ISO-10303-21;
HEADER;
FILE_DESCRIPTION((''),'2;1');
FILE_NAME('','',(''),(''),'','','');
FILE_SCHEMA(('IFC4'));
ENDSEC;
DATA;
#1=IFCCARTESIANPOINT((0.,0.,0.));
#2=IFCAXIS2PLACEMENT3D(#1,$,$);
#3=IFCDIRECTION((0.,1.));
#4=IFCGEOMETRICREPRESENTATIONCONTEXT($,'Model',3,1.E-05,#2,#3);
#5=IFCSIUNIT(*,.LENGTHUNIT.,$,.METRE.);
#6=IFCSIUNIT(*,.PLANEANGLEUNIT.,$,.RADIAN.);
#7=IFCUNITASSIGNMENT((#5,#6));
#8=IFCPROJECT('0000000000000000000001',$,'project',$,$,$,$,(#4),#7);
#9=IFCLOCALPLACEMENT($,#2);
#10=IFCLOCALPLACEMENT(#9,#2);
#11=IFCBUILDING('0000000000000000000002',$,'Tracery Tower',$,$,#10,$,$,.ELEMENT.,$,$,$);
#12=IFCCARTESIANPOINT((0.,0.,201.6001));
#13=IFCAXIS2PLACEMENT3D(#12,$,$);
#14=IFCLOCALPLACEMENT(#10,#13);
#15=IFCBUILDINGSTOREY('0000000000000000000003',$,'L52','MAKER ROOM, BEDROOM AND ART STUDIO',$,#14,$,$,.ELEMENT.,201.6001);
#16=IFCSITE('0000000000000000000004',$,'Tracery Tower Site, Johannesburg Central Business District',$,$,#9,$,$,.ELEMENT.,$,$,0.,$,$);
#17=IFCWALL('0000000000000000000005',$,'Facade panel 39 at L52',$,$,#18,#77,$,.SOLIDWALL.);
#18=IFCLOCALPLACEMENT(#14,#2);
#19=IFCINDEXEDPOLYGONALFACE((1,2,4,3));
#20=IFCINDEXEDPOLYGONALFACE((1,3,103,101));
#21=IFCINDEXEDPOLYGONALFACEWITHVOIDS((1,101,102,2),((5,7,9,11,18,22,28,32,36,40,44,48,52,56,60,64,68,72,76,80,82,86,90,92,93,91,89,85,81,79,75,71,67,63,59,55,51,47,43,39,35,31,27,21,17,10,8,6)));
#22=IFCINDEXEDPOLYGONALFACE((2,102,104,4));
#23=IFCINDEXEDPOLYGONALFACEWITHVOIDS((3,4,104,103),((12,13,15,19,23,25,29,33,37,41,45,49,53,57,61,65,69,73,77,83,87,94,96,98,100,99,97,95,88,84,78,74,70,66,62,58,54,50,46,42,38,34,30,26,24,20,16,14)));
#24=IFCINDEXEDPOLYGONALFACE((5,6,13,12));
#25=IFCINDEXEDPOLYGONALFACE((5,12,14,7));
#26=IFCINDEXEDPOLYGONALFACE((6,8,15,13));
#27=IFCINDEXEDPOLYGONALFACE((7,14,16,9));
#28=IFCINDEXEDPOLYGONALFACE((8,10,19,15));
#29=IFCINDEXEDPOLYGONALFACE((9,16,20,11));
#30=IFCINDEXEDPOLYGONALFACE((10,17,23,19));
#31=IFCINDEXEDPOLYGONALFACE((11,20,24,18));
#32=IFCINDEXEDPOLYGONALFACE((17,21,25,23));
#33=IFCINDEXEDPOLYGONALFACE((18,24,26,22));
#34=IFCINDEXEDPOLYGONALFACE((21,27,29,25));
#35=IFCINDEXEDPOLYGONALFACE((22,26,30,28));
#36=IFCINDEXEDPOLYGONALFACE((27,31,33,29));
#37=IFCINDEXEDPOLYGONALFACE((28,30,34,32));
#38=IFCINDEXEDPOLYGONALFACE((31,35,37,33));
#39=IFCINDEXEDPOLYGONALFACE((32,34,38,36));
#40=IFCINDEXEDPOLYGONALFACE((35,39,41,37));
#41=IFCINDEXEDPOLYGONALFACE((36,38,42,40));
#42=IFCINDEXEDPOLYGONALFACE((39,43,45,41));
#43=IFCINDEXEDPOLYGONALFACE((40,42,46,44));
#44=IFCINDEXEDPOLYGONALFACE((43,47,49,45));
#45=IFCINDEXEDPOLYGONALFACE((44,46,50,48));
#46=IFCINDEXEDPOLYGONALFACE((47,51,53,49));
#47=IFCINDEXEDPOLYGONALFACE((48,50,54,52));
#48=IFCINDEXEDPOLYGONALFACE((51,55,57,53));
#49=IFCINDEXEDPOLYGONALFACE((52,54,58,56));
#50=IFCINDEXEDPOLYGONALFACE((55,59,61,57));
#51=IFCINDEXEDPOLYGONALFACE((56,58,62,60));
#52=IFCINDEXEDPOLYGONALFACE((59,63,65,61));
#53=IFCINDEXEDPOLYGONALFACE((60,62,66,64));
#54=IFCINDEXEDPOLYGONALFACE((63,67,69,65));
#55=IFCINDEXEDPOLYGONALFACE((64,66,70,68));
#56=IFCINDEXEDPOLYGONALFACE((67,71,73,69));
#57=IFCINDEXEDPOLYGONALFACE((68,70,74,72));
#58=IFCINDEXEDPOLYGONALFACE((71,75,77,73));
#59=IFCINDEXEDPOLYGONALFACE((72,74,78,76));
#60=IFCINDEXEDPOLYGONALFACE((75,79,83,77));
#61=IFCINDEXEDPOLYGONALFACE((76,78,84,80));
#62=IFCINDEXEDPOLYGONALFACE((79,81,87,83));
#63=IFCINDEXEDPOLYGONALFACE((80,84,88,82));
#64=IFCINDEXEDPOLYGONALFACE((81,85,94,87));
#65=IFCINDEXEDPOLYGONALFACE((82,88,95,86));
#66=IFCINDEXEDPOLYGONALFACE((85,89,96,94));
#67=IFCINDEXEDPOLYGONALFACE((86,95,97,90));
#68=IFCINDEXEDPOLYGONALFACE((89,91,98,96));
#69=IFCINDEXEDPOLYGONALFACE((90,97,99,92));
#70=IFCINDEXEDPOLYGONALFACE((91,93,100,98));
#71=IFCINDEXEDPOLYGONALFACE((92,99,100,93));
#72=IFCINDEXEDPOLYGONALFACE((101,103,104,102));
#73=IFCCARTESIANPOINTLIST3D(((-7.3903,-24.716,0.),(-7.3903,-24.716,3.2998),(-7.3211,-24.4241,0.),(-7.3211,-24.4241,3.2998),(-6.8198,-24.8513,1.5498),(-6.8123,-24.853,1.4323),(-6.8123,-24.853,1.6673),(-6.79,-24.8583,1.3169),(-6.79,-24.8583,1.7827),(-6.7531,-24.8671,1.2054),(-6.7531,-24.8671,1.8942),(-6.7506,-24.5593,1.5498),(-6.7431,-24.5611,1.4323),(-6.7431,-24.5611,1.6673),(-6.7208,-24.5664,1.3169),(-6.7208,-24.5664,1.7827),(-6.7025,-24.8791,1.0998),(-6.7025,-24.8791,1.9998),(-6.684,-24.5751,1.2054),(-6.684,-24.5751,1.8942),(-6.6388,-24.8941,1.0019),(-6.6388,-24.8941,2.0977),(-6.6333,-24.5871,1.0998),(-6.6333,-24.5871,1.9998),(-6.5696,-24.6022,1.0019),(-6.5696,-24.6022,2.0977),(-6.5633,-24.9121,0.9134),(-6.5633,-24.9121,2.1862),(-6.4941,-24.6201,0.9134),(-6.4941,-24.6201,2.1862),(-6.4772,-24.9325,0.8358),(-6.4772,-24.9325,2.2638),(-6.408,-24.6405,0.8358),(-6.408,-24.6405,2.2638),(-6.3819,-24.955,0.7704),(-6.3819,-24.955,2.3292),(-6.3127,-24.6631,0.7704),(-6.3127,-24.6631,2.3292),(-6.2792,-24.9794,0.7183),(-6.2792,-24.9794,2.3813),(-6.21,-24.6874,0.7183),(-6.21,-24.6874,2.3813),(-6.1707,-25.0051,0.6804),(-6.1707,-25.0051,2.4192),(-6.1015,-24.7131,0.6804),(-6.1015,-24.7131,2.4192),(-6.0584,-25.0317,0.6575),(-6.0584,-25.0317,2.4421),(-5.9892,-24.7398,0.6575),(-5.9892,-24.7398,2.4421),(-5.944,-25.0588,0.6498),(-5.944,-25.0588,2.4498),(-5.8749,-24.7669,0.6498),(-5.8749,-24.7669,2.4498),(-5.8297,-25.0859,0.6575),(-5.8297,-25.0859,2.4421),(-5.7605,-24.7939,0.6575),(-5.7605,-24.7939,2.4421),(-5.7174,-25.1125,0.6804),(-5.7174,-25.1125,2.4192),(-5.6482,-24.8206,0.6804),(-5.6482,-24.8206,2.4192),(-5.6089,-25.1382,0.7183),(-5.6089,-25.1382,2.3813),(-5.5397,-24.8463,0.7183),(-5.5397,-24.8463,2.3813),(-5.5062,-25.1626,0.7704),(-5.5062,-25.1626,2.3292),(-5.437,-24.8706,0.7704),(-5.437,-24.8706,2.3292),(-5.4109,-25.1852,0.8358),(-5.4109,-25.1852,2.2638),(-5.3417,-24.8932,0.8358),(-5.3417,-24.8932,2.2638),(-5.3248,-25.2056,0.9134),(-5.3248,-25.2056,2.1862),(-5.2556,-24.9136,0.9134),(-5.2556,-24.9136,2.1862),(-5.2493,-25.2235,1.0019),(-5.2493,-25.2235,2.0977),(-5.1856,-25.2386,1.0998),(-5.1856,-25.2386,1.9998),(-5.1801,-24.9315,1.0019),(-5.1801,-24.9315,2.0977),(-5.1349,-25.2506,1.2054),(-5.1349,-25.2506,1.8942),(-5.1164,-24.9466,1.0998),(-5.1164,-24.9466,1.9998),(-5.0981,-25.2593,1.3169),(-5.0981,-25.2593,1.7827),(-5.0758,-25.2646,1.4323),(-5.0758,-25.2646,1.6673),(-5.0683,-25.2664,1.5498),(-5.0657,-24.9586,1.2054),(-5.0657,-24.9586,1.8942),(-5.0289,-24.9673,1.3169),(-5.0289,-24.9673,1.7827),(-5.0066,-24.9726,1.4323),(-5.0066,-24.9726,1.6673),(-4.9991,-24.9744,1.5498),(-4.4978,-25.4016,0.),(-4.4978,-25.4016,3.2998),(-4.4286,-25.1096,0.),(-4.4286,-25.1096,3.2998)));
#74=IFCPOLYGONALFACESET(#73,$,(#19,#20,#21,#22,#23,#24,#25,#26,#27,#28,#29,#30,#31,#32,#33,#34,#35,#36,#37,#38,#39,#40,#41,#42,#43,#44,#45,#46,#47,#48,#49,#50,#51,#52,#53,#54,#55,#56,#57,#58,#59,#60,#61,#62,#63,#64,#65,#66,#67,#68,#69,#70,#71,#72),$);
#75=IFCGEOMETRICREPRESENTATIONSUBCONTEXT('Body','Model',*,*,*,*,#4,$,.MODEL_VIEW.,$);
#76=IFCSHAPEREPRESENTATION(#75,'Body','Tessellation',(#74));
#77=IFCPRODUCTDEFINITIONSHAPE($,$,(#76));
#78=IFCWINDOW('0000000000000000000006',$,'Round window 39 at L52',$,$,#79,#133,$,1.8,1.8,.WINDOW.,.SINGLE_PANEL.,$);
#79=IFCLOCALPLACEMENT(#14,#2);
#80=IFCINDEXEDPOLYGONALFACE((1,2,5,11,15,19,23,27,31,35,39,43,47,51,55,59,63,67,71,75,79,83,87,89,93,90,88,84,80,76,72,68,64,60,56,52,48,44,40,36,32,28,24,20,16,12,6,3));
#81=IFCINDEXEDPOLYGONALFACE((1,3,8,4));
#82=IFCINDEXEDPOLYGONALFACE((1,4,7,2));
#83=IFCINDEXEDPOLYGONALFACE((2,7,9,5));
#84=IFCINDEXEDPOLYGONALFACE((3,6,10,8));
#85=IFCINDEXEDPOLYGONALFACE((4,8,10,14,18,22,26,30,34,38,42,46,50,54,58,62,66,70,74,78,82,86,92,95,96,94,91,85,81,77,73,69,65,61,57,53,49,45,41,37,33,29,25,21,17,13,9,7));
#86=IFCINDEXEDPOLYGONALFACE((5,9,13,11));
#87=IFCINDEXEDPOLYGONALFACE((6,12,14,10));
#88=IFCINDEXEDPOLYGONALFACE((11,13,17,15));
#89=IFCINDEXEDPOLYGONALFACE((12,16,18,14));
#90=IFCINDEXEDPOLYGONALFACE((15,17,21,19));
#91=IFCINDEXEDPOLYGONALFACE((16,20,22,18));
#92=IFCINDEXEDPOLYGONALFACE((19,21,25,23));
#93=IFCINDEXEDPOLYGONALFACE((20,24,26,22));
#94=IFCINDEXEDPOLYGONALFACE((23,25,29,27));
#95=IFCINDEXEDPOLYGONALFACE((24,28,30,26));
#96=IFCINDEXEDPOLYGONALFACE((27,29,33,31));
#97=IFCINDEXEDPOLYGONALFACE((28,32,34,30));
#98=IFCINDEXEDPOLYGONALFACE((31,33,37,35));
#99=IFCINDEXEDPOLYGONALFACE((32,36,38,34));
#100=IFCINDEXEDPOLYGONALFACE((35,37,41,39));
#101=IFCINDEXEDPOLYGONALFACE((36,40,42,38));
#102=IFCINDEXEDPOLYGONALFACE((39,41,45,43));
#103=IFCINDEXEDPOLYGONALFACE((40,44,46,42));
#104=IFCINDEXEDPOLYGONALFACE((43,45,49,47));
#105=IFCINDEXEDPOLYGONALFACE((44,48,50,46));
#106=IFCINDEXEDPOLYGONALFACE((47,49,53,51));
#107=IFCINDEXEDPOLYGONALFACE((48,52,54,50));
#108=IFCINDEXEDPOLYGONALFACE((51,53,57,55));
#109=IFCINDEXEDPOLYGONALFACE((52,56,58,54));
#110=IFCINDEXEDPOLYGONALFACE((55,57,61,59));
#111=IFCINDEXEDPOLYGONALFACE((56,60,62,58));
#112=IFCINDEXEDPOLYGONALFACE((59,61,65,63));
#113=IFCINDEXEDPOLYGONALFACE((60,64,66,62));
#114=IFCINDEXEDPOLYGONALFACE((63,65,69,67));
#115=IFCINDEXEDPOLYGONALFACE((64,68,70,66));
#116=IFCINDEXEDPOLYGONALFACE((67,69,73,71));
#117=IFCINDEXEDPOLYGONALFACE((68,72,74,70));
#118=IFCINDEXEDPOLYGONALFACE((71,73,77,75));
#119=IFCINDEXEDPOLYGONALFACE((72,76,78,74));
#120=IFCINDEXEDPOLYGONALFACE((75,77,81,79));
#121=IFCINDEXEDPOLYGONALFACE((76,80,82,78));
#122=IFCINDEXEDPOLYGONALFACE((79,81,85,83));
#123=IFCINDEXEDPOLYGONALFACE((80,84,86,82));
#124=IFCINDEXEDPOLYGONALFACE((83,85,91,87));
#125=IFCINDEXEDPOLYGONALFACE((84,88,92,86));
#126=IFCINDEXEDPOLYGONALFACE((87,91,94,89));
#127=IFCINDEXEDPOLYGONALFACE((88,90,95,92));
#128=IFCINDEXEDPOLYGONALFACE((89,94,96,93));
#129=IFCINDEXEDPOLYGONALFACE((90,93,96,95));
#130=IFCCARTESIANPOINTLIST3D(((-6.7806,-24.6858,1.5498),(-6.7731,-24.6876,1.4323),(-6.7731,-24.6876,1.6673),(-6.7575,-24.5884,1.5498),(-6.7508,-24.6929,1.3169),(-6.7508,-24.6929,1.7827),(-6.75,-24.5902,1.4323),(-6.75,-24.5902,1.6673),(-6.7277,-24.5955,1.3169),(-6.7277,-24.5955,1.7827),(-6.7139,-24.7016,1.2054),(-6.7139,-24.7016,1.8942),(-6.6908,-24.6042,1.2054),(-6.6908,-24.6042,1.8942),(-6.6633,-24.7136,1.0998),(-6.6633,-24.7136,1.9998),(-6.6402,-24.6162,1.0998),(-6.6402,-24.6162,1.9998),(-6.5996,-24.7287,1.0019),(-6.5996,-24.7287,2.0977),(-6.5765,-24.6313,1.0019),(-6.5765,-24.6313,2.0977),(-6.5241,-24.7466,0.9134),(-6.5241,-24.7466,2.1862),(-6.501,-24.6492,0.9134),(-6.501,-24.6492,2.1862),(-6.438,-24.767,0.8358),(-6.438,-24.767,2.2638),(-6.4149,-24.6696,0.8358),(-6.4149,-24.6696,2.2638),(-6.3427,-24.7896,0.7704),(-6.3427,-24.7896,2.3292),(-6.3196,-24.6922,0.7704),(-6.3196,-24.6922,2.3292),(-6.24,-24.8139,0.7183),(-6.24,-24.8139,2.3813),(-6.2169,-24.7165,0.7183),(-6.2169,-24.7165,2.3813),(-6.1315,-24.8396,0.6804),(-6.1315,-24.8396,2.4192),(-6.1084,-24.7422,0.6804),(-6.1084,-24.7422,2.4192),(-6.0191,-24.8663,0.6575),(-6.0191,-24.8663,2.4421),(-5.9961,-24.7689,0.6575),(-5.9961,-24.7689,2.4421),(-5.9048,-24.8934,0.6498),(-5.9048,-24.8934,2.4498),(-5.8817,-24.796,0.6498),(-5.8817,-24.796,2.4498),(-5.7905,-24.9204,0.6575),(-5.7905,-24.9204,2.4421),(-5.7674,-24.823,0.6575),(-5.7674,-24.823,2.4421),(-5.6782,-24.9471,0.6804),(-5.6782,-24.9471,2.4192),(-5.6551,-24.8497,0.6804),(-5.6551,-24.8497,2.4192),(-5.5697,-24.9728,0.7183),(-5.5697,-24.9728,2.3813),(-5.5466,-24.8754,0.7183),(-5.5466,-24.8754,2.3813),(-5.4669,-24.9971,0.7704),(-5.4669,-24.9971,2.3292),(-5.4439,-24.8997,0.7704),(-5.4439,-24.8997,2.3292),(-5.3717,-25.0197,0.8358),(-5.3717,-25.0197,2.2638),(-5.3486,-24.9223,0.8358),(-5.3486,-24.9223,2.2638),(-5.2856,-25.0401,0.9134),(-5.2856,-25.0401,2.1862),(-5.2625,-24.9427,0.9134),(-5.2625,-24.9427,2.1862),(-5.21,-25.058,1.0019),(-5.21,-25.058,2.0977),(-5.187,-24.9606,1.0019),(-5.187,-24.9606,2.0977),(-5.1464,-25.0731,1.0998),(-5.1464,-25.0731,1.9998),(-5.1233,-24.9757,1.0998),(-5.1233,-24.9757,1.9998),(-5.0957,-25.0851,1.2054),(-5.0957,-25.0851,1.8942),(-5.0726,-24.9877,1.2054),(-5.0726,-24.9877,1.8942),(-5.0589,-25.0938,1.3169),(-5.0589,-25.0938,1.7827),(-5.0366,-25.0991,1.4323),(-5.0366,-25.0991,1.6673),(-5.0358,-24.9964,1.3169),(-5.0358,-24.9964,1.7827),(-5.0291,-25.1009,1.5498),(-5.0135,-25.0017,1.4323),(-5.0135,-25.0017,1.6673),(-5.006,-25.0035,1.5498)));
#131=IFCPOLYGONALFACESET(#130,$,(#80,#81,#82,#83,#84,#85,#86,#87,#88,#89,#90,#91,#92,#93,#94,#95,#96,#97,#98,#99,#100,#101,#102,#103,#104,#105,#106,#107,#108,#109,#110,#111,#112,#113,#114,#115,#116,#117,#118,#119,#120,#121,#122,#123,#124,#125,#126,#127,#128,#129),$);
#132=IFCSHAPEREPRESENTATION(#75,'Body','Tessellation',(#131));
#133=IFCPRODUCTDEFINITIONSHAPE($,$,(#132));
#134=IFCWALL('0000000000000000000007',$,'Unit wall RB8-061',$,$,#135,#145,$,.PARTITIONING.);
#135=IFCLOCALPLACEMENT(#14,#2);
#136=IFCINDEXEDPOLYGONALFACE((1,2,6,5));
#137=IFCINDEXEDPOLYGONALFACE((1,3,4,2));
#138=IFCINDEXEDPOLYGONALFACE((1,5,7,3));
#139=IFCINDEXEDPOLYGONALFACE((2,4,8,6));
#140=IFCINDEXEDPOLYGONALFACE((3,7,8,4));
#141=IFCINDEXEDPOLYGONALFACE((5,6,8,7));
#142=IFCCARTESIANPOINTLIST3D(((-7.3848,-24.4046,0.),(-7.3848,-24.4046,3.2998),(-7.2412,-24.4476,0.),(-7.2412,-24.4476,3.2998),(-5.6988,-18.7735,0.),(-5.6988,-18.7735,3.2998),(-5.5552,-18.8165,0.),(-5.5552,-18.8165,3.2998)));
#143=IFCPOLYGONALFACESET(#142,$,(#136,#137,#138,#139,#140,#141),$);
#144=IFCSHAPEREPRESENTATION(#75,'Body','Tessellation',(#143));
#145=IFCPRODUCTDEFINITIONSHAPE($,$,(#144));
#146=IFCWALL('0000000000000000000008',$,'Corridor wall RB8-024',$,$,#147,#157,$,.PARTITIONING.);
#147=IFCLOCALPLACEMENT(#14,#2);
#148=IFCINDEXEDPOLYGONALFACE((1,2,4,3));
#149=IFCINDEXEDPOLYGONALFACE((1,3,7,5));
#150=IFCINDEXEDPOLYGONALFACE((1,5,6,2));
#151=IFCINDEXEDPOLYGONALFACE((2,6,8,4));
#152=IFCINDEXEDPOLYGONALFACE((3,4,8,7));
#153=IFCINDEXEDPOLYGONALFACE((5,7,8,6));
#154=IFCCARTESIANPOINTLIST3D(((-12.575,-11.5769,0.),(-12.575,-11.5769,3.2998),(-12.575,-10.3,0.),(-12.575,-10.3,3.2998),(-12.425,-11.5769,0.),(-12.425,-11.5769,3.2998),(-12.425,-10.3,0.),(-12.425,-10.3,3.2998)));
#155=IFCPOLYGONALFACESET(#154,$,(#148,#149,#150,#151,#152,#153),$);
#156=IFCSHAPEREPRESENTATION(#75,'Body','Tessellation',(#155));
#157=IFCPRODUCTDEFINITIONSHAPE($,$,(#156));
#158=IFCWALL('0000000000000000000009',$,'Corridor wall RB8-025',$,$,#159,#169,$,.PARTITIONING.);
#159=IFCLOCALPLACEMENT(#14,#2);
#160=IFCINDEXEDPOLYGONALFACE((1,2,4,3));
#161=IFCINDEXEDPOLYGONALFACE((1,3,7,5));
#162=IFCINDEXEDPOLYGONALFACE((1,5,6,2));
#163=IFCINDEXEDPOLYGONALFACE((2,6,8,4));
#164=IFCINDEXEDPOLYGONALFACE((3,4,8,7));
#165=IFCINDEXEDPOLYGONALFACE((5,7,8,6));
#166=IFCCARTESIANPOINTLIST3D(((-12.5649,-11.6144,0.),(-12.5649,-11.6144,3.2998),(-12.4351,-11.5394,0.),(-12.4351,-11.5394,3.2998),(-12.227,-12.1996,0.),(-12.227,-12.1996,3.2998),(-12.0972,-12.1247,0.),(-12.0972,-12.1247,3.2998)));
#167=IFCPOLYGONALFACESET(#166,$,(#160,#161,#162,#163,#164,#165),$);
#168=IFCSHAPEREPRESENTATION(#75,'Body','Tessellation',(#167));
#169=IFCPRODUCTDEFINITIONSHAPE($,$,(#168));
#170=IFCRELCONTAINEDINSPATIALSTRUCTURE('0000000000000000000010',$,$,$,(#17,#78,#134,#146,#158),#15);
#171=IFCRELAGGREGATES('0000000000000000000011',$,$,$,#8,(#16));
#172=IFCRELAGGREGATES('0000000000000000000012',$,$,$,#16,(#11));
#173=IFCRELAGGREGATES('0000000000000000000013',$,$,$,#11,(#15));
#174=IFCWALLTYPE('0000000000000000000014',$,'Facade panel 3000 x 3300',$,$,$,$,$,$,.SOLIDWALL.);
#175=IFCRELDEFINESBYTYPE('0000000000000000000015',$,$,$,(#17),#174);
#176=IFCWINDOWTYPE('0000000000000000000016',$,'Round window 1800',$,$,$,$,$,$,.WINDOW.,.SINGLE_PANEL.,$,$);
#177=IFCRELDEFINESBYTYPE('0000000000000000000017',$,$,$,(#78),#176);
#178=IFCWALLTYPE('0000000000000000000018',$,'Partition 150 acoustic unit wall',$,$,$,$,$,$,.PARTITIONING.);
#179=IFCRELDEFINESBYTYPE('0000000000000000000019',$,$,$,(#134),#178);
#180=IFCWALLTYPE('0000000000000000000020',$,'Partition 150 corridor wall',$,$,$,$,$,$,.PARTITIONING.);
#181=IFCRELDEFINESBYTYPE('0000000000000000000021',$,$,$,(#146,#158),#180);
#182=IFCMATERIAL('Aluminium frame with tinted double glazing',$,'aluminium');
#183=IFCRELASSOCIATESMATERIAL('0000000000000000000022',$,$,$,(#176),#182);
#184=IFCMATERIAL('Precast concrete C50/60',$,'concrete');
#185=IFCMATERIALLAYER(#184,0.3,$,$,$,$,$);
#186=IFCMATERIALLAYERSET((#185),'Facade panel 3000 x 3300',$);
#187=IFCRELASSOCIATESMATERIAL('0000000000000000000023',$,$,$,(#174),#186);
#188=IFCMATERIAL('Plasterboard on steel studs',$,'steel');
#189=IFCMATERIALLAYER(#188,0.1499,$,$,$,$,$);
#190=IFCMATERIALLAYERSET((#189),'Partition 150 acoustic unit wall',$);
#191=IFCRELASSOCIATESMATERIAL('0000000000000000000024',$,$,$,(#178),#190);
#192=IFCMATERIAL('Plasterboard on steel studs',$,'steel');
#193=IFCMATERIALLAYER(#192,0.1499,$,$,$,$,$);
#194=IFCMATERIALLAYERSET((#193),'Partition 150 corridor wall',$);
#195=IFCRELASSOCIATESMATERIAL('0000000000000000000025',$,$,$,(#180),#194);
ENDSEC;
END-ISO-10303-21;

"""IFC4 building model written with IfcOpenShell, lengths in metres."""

from ifc_helpers import new_model, si_unit, direction, frame, frame_2d, origin, origin_2d, place, context, subcontext, project, spatial, rectangle, circle, extrude, material, layer, layer_set, type_object, element, fill, save


model = new_model("IFC4")

# Units and contexts
model_context = context("Model", 3, precision=1e-05, world=origin(), true_north=direction((0.0, 1.0)))
body_context = subcontext(model_context, "Body", "Model", "MODEL_VIEW")
ifc_project = project(units=[si_unit("LENGTHUNIT", "METRE"), si_unit("PLANEANGLEUNIT", "RADIAN")], contexts=[model_context])

# Site, building, storey
site_placement = place(None, origin())
site = spatial("IfcSite", under=ifc_project, at=site_placement, Name="Tracery Tower Site, Johannesburg Central Business District", CompositionType="ELEMENT", RefElevation=0.0)
building_placement = place(site_placement, origin())
building = spatial("IfcBuilding", under=site, at=building_placement, Name="Tracery Tower", CompositionType="ELEMENT")
storey_placement = place(building_placement, frame((0.0, 0.0, 201.6001)))
storey = spatial("IfcBuildingStorey", under=building, at=storey_placement, Name="L52", Description="MAKER ROOM, BEDROOM AND ART STUDIO", CompositionType="ELEMENT", Elevation=201.6001)

# Wall, opening, window
ifc_material_1 = material(Name="Aluminium frame with tinted double glazing", Category="aluminium")
window_type = type_object("IfcWindowType", Name="Round window 1800", PartitioningType="SINGLE_PANEL", PredefinedType="WINDOW", material=ifc_material_1)
ifc_material_2 = material(Name="Precast concrete C50/60", Category="concrete")
ifc_layer_1 = layer(ifc_material_2, 0.3)
ifc_layer_set_1 = layer_set([ifc_layer_1], Name="Facade panel 3000 x 3300")
wall_type_1 = type_object("IfcWallType", Name="Facade panel 3000 x 3300", PredefinedType="SOLIDWALL", material=ifc_layer_set_1)
wall_1_placement = place(storey_placement, frame((-7.3557, -24.5701, 0.0), z_axis=(0.0, 0.0, 1.0), x_axis=(0.973045, -0.230614, 0.0)))
wall_1 = element("IfcWall", 1, at=wall_1_placement, inside=storey, type_object=wall_type_1, Name="Facade panel 39 at L52", PredefinedType="SOLIDWALL", context=body_context, shape_type="SweptSolid", body=[
    extrude(rectangle(XDim=2.9727, YDim=0.3, at=frame_2d((1.4863, 0.0))), origin(), (0.0, 0.0, 1.0), 3.2998),
])
opening_1_placement = place(wall_1_placement, frame((1.4863, 0.0, 1.5498)))
opening_1 = element("IfcOpeningElement", 2, at=opening_1_placement, cuts=wall_1, PredefinedType="OPENING", context=body_context, shape_type="SweptSolid", body=[
    extrude(circle(Radius=0.9, at=origin_2d()), frame((0.0, 0.1599, 0.0), z_axis=(0.0, -1.0, 0.0), x_axis=(1.0, 0.0, 0.0)), (0.0, 0.0, 1.0), 0.3201),
])
window_1_placement = place(opening_1_placement, origin())
window_1 = element("IfcWindow", 3, at=window_1_placement, inside=storey, type_object=window_type, Name="Round window 39 at L52", OverallHeight=1.8, OverallWidth=1.8, PartitioningType="SINGLE_PANEL", PredefinedType="WINDOW", context=body_context, shape_type="SweptSolid", body=[
    extrude(circle(Radius=0.9, at=origin_2d()), frame((0.0, 0.1201, 0.0), z_axis=(0.0, -1.0, 0.0), x_axis=(1.0, 0.0, 0.0)), (0.0, 0.0, 1.0), 0.1001),
])
fill(opening_1, window_1)

# Walls
ifc_material_3 = material(Name="Plasterboard on steel studs", Category="steel")
ifc_layer_2 = layer(ifc_material_3, 0.1499)
ifc_layer_set_2 = layer_set([ifc_layer_2], Name="Partition 150 acoustic unit wall")
wall_type_2 = type_object("IfcWallType", Name="Partition 150 acoustic unit wall", PredefinedType="PARTITIONING", material=ifc_layer_set_2)
wall_2_placement = place(storey_placement, frame((-7.313, -24.426, 0.0), z_axis=(0.0, 0.0, 1.0), x_axis=(0.286833, 0.95798, 0.0)))
element("IfcWall", 4, at=wall_2_placement, inside=storey, type_object=wall_type_2, Name="Unit wall RB8-061", PredefinedType="PARTITIONING", context=body_context, shape_type="SweptSolid", body=[
    extrude(rectangle(XDim=5.8782, YDim=0.1499, at=frame_2d((2.939, 0.0))), origin(), (0.0, 0.0, 1.0), 3.2998),
])
ifc_material_4 = material(Name="Plasterboard on steel studs", Category="steel")
ifc_layer_3 = layer(ifc_material_4, 0.1499)
ifc_layer_set_3 = layer_set([ifc_layer_3], Name="Partition 150 corridor wall")
wall_type_3 = type_object("IfcWallType", Name="Partition 150 corridor wall", PredefinedType="PARTITIONING", material=ifc_layer_set_3)
wall_3_placement = place(storey_placement, frame((-12.5, -11.5769, 0.0), z_axis=(0.0, 0.0, 1.0), x_axis=(0.0, 1.0, 0.0)))
element("IfcWall", 5, at=wall_3_placement, inside=storey, type_object=wall_type_3, Name="Corridor wall RB8-024", PredefinedType="PARTITIONING", context=body_context, shape_type="SweptSolid", body=[
    extrude(rectangle(XDim=1.2769, YDim=0.1499, at=frame_2d((0.6384, 0.0))), origin(), (0.0, 0.0, 1.0), 3.2998),
])
wall_4_placement = place(storey_placement, frame((-12.5, -11.5769, 0.0), z_axis=(0.0, 0.0, 1.0), x_axis=(0.500025, -0.866011, 0.0)))
element("IfcWall", 6, at=wall_4_placement, inside=storey, type_object=wall_type_3, Name="Corridor wall RB8-025", PredefinedType="PARTITIONING", context=body_context, shape_type="SweptSolid", body=[
    extrude(rectangle(XDim=0.6758, YDim=0.1499, at=frame_2d((0.3379, 0.0))), origin(), (0.0, 0.0, 1.0), 3.2998),
])

save(model, "model.ifc")
